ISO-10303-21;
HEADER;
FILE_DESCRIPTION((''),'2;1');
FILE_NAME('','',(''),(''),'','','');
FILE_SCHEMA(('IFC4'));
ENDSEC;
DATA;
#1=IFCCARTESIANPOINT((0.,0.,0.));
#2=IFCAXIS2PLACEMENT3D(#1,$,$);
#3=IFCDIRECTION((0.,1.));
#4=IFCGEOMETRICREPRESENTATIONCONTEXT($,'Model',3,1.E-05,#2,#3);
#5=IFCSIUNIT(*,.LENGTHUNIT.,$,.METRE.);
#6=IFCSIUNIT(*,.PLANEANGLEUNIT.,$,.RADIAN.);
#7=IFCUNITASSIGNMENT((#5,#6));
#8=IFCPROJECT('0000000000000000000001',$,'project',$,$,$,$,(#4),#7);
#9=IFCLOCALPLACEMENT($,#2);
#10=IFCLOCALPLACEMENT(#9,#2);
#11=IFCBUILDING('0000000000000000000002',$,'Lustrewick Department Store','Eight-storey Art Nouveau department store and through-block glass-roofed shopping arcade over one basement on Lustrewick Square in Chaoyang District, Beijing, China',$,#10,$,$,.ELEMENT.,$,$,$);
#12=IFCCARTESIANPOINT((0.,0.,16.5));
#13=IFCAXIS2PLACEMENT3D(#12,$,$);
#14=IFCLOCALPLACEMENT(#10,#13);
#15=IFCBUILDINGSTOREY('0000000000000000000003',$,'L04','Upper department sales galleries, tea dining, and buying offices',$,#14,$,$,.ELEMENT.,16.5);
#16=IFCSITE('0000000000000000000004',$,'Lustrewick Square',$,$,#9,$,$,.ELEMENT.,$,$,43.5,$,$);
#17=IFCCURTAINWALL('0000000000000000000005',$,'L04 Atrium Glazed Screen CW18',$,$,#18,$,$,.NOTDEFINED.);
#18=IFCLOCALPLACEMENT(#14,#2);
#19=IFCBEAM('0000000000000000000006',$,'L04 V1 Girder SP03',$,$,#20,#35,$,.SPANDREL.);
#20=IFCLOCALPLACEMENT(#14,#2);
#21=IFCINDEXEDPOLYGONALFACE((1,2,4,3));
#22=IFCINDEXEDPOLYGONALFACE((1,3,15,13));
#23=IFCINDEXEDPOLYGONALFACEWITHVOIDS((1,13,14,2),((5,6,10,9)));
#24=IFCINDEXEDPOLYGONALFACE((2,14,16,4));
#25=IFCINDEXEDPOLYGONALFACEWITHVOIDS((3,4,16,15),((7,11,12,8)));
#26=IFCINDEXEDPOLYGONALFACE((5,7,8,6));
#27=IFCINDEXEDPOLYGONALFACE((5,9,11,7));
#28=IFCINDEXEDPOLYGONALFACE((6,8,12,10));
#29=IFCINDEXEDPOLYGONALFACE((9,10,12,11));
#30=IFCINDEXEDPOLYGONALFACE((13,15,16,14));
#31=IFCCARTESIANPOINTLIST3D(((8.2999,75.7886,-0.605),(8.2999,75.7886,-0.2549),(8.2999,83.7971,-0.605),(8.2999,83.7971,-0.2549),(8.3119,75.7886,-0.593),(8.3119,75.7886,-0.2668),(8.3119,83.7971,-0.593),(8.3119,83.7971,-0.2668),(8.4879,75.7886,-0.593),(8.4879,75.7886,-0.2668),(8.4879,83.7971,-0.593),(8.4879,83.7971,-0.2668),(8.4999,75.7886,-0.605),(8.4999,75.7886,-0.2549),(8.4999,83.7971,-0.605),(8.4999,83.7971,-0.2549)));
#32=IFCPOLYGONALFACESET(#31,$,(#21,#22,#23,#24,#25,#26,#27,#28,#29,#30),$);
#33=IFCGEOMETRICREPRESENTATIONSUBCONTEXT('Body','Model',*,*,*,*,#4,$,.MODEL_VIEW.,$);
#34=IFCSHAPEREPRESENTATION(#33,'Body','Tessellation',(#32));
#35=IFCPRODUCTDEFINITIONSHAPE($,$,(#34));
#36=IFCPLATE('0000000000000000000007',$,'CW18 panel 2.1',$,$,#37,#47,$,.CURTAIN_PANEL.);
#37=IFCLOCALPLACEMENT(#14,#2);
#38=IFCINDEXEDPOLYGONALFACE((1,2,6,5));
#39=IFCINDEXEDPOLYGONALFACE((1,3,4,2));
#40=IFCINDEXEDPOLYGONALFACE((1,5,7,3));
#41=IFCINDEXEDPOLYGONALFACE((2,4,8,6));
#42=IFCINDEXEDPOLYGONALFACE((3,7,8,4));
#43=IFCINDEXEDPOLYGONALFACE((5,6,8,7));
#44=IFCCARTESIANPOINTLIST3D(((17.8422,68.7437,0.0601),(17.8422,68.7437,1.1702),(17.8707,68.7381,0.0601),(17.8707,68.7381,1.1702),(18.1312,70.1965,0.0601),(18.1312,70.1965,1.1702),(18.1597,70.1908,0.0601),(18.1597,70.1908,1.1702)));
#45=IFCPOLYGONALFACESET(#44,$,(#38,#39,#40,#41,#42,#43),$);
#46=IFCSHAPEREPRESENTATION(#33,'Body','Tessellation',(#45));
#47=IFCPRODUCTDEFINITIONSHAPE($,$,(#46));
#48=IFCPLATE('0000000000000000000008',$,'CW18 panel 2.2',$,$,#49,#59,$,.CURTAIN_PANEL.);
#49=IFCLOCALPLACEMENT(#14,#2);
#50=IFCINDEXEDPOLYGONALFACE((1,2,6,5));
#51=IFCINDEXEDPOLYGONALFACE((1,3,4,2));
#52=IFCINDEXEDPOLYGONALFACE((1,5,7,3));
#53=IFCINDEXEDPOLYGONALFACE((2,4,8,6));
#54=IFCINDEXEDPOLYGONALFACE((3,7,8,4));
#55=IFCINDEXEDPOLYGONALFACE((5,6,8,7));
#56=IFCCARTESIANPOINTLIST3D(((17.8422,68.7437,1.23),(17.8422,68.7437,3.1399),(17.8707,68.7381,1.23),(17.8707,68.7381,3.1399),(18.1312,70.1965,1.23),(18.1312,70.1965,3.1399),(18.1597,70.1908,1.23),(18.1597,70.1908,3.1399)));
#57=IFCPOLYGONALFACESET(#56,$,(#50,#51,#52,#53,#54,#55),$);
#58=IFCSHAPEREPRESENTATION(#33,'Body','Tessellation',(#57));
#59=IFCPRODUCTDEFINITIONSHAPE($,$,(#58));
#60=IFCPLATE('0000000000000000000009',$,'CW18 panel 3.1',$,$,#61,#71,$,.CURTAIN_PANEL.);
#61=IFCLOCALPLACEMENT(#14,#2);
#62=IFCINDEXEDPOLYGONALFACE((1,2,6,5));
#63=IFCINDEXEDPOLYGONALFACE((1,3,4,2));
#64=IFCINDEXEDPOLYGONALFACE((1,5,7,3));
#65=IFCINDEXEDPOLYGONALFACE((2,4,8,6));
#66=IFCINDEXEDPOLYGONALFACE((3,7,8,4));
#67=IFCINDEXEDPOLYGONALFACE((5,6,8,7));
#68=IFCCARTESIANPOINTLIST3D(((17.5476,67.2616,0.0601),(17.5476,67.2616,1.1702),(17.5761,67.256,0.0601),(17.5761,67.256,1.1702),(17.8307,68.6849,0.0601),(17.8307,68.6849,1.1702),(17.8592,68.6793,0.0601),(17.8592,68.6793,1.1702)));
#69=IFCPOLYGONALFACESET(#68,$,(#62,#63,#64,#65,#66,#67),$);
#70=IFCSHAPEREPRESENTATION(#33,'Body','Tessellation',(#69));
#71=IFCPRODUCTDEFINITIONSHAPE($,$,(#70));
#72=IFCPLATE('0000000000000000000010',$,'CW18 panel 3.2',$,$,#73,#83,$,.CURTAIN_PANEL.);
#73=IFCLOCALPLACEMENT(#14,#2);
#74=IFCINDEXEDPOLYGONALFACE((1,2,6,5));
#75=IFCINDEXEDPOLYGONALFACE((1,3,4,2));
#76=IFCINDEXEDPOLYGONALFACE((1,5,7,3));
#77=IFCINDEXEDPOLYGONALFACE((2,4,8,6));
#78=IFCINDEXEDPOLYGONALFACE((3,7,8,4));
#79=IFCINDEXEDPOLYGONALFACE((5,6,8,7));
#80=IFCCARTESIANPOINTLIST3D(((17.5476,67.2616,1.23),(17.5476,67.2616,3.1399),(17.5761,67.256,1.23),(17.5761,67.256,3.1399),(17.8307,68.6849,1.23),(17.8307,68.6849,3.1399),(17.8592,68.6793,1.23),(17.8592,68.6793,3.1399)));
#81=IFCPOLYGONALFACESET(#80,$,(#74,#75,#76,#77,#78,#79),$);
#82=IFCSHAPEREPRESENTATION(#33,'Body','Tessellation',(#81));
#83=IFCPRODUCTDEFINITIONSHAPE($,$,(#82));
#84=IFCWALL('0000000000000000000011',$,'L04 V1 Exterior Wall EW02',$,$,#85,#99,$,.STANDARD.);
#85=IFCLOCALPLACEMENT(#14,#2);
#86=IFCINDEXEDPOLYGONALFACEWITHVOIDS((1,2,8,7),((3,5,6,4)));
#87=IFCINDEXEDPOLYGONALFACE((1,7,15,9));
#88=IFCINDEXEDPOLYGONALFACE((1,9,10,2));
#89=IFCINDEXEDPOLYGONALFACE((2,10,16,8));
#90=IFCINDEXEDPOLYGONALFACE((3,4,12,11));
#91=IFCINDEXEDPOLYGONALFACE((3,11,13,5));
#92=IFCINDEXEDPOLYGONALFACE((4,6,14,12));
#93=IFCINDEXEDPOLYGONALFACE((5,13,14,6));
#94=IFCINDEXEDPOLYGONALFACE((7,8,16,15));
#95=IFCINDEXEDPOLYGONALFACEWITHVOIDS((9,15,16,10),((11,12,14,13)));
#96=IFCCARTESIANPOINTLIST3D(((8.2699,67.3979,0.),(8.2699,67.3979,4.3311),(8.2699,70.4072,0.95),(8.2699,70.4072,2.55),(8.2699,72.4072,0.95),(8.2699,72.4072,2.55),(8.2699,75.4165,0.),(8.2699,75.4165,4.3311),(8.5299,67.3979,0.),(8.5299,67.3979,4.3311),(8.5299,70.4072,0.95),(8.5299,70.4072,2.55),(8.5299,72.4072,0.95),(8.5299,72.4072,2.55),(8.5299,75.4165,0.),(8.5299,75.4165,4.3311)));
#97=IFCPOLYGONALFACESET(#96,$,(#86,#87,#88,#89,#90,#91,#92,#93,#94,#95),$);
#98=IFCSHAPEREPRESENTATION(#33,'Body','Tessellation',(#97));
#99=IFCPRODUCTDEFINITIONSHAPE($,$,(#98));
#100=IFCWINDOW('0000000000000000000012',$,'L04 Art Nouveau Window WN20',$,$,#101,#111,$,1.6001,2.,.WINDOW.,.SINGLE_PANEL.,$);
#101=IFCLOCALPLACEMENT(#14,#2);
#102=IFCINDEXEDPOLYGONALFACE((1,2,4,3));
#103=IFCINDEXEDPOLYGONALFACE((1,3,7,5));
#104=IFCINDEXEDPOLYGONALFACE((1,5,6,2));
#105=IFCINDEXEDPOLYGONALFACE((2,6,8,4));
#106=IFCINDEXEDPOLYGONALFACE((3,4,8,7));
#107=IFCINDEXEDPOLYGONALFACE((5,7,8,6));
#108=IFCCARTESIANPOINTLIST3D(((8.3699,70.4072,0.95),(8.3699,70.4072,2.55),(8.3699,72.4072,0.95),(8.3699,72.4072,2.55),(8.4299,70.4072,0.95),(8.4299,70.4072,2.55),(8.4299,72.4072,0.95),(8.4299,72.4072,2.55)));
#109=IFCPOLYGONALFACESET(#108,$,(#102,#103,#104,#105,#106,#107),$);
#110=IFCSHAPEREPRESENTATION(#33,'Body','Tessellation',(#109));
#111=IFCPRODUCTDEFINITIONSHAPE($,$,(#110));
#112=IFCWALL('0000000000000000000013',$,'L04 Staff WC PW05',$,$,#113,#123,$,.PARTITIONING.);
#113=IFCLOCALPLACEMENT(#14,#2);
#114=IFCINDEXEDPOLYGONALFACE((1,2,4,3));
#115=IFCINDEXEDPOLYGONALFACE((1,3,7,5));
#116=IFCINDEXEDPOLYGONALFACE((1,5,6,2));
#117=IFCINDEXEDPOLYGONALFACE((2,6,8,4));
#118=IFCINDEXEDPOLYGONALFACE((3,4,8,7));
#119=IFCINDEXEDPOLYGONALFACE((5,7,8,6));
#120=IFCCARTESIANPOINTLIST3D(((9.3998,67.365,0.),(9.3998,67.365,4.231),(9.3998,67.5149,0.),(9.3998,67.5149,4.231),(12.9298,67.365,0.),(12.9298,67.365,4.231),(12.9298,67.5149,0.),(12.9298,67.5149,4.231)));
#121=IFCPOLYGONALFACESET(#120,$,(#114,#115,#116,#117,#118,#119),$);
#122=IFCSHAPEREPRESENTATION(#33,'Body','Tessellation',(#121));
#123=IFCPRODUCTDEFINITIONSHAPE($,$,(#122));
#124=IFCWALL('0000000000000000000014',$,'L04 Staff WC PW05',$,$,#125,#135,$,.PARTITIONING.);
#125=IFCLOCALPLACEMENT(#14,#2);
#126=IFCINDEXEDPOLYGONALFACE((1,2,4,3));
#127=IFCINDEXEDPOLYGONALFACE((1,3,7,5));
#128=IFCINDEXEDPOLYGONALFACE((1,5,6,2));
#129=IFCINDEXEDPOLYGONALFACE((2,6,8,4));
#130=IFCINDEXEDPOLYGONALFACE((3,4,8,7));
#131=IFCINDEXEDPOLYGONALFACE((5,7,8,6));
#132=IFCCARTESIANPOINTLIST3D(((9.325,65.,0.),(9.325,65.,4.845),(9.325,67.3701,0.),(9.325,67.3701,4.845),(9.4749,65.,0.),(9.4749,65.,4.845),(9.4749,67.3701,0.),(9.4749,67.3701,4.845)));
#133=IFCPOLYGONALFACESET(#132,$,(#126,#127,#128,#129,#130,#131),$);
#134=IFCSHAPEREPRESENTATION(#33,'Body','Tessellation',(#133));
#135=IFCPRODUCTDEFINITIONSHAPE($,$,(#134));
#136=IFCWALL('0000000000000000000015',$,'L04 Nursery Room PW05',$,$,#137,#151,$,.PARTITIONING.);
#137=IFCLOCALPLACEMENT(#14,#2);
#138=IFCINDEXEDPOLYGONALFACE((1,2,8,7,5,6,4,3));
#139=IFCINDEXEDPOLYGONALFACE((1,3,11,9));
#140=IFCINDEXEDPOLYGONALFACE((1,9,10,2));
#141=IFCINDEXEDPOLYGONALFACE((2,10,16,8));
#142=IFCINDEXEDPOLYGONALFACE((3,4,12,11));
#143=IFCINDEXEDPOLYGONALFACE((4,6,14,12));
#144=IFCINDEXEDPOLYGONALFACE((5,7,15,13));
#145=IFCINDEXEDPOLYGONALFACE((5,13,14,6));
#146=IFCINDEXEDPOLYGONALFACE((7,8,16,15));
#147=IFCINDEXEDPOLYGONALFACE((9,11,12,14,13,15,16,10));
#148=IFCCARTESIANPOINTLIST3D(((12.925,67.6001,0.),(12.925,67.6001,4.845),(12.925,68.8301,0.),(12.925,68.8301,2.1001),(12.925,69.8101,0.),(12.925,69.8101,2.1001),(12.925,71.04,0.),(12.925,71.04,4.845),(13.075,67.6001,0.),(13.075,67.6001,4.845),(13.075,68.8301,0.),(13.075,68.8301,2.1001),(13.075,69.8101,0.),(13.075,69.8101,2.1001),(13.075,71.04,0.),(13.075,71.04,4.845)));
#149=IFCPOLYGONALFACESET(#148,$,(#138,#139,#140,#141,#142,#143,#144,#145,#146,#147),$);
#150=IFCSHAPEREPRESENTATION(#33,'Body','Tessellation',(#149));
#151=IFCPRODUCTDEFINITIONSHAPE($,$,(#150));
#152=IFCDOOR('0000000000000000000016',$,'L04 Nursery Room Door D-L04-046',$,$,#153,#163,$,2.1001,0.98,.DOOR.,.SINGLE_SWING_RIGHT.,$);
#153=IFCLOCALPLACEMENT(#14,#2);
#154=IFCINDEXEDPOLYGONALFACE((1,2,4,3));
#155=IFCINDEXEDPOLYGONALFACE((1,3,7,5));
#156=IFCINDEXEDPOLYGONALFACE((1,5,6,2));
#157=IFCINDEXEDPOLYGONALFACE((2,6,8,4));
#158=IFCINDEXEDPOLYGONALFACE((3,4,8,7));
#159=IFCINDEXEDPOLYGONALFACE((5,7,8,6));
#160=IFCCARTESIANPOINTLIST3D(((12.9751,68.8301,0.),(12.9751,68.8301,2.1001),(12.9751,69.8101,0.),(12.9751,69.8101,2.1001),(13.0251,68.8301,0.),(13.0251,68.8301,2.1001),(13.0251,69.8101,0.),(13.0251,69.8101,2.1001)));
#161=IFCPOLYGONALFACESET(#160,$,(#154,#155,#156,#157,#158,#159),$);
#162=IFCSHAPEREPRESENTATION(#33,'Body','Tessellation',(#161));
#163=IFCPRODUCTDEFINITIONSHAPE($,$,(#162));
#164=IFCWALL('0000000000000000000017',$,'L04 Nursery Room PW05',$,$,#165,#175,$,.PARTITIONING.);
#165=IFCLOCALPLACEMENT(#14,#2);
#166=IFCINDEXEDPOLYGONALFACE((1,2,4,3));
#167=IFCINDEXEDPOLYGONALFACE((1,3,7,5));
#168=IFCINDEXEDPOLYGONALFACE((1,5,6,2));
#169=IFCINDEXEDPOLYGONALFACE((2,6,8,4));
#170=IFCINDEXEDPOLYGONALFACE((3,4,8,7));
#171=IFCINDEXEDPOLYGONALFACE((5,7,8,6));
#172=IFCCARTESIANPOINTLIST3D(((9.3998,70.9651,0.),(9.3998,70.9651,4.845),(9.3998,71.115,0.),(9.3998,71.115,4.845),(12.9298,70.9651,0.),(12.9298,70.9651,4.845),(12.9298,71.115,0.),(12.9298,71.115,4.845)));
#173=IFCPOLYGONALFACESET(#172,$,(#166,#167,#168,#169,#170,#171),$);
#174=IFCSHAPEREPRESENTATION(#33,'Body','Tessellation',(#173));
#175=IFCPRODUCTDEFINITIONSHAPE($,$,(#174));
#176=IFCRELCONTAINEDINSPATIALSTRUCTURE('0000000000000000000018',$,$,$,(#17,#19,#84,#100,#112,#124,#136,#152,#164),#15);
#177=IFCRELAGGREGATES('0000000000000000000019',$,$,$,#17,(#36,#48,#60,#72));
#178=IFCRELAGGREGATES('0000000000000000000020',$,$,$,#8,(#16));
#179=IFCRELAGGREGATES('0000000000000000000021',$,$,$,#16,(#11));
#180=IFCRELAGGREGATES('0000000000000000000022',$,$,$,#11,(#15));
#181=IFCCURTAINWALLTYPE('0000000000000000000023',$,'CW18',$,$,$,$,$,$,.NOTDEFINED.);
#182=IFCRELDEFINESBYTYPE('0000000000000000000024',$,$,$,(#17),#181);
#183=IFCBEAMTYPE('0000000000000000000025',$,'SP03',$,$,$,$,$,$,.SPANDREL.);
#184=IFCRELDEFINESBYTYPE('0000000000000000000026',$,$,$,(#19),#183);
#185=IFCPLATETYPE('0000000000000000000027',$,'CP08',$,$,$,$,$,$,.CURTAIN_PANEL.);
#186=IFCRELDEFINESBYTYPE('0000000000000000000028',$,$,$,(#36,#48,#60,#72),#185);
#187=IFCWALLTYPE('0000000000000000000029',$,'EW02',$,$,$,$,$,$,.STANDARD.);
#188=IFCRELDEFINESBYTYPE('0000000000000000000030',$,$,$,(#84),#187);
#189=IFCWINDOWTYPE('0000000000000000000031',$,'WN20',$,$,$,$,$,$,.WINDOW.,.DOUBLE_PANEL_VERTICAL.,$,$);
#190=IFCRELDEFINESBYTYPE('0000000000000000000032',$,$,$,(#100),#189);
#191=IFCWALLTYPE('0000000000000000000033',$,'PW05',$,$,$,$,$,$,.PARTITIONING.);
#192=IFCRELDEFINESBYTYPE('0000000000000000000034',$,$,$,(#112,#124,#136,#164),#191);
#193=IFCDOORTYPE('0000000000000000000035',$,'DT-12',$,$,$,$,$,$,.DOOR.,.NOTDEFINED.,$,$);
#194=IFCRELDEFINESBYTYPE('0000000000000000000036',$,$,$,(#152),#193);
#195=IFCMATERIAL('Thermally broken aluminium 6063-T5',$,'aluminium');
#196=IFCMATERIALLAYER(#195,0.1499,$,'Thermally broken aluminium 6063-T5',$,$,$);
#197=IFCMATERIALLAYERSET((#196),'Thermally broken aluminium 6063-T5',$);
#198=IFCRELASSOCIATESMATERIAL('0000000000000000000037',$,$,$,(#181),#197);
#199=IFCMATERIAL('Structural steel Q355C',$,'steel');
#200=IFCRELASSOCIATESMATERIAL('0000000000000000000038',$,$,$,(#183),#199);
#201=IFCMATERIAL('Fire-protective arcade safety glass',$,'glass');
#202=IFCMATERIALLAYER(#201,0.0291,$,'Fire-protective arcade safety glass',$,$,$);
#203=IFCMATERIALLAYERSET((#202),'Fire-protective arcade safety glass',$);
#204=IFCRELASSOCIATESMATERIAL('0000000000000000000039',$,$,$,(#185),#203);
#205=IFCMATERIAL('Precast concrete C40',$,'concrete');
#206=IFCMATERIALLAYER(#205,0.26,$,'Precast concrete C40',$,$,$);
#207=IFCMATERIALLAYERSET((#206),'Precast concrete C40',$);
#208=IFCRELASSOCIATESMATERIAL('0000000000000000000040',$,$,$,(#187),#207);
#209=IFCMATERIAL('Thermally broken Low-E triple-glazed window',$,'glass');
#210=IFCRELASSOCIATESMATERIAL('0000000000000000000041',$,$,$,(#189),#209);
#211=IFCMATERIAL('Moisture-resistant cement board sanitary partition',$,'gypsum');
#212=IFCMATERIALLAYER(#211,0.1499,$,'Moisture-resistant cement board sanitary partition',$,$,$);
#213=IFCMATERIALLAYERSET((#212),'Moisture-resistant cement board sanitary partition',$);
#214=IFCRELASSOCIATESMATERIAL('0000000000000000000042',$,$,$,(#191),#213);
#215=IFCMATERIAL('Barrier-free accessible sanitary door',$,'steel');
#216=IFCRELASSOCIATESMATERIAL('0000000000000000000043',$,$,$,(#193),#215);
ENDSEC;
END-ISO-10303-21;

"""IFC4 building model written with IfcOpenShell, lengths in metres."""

from ifc_helpers import new_model, si_unit, direction, frame, frame_2d, origin, origin_2d, place, context, subcontext, project, spatial, rectangle, hollow_rectangle, extrude, material, layer, layer_set, material_profile, profile_set, type_object, element, fill, aggregate, save


model = new_model("IFC4")

# Units and contexts
model_context = context("Model", 3, precision=1e-05, world=origin(), true_north=direction((0.0, 1.0)))
body_context = subcontext(model_context, "Body", "Model", "MODEL_VIEW")
ifc_project = project(units=[si_unit("LENGTHUNIT", "METRE"), si_unit("PLANEANGLEUNIT", "RADIAN")], contexts=[model_context])

# Site, building, storey
site_placement = place(None, origin())
site = spatial("IfcSite", under=ifc_project, at=site_placement, Name="Lustrewick Square", CompositionType="ELEMENT", RefElevation=43.5)
building_placement = place(site_placement, origin())
building = spatial("IfcBuilding", under=site, at=building_placement, Name="Lustrewick Department Store", Description="Eight-storey Art Nouveau department store and through-block glass-roofed shopping arcade over one basement on Lustrewick Square in Chaoyang District, Beijing, China", CompositionType="ELEMENT")
storey_placement = place(building_placement, frame((0.0, 0.0, 16.5)))
storey = spatial("IfcBuildingStorey", under=building, at=storey_placement, Name="L04", Description="Upper department sales galleries, tea dining, and buying offices", CompositionType="ELEMENT", Elevation=16.5)

# Curtain wall
ifc_material_1 = material(Name="Thermally broken aluminium 6063-T5", Category="aluminium")
ifc_layer_1 = layer(ifc_material_1, 0.1499, Name="Thermally broken aluminium 6063-T5")
ifc_layer_set_1 = layer_set([ifc_layer_1], Name="Thermally broken aluminium 6063-T5")
curtain_wall_type = type_object("IfcCurtainWallType", Name="CW18", PredefinedType="NOTDEFINED", material=ifc_layer_set_1)
curtain_wall_placement = place(storey_placement, origin())
curtain_wall = element("IfcCurtainWall", 1, at=curtain_wall_placement, inside=storey, type_object=curtain_wall_type, Name="L04 Atrium Glazed Screen CW18", PredefinedType="NOTDEFINED")

# Beam
ifc_material_2 = material(Name="Structural steel Q355C", Category="steel")
ifc_material_profile_1 = material_profile(ifc_material_2, hollow_rectangle(XDim=0.2, YDim=0.3501, WallThickness=0.012, at=origin_2d()), Name="RHS 350x200x12")
ifc_profile_set_1 = profile_set([ifc_material_profile_1], Name="Structural steel Q355C")
beam_type_1 = type_object("IfcBeamType", Name="SP03", PredefinedType="SPANDREL", material=ifc_profile_set_1)
for number, where, z_axis, x_axis, name in (
    (2, (8.3999, 75.7886, -0.4299), (0.0, 1.0, 0.0), (-1.0, 0.0, 0.0), "L04 V1 Girder SP03"),
):
    element("IfcBeam", number, at=place(storey_placement, frame(where, z_axis=z_axis, x_axis=x_axis)), inside=storey, type_object=beam_type_1, Name=name, PredefinedType="SPANDREL", context=body_context, shape_type="SweptSolid", body=[
        extrude(hollow_rectangle(XDim=0.2, YDim=0.3501, WallThickness=0.012, at=origin_2d()), origin(), (0.0, 0.0, 1.0), 8.0085),
    ])

# Plates
ifc_material_3 = material(Name="Fire-protective arcade safety glass", Category="glass")
ifc_layer_2 = layer(ifc_material_3, 0.0291, Name="Fire-protective arcade safety glass")
ifc_layer_set_2 = layer_set([ifc_layer_2], Name="Fire-protective arcade safety glass")
plate_type = type_object("IfcPlateType", Name="CP08", PredefinedType="CURTAIN_PANEL", material=ifc_layer_set_2)
plate_1_placement = place(storey_placement, frame((18.001, 69.4673, 0.0601), z_axis=(0.0, 0.0, 1.0), x_axis=(-0.195085, -0.980786, 0.0)))
plate_1 = element("IfcPlate", 3, at=plate_1_placement, type_object=plate_type, Name="CW18 panel 2.1", PredefinedType="CURTAIN_PANEL", context=body_context, shape_type="SweptSolid", body=[
    extrude(rectangle(XDim=1.4812, YDim=0.0291, at=origin_2d()), origin(), (0.0, 0.0, 1.0), 1.1101),
])
plate_2_placement = place(storey_placement, frame((18.001, 69.4673, 1.23), z_axis=(0.0, 0.0, 1.0), x_axis=(-0.195085, -0.980786, 0.0)))
plate_2 = element("IfcPlate", 4, at=plate_2_placement, type_object=plate_type, Name="CW18 panel 2.2", PredefinedType="CURTAIN_PANEL", context=body_context, shape_type="SweptSolid", body=[
    extrude(rectangle(XDim=1.4812, YDim=0.0291, at=origin_2d()), origin(), (0.0, 0.0, 1.0), 1.9099),
])
plate_3_placement = place(storey_placement, frame((17.7034, 67.9705, 0.0601), z_axis=(0.0, 0.0, 1.0), x_axis=(-0.195085, -0.980786, 0.0)))
plate_3 = element("IfcPlate", 5, at=plate_3_placement, type_object=plate_type, Name="CW18 panel 3.1", PredefinedType="CURTAIN_PANEL", context=body_context, shape_type="SweptSolid", body=[
    extrude(rectangle(XDim=1.4512, YDim=0.0291, at=origin_2d()), origin(), (0.0, 0.0, 1.0), 1.1101),
])
plate_4_placement = place(storey_placement, frame((17.7034, 67.9705, 1.23), z_axis=(0.0, 0.0, 1.0), x_axis=(-0.195085, -0.980786, 0.0)))
plate_4 = element("IfcPlate", 6, at=plate_4_placement, type_object=plate_type, Name="CW18 panel 3.2", PredefinedType="CURTAIN_PANEL", context=body_context, shape_type="SweptSolid", body=[
    extrude(rectangle(XDim=1.4512, YDim=0.0291, at=origin_2d()), origin(), (0.0, 0.0, 1.0), 1.9099),
])
aggregate(curtain_wall, [plate_1, plate_2, plate_3, plate_4])

# Wall, opening, window
ifc_material_4 = material(Name="Precast concrete C40", Category="concrete")
ifc_layer_3 = layer(ifc_material_4, 0.26, Name="Precast concrete C40")
ifc_layer_set_3 = layer_set([ifc_layer_3], Name="Precast concrete C40")
wall_type_1 = type_object("IfcWallType", Name="EW02", PredefinedType="STANDARD", material=ifc_layer_set_3)
wall_1_placement = place(storey_placement, frame((8.3999, 75.4165, 0.0), z_axis=(0.0, 0.0, 1.0), x_axis=(0.0, -1.0, 0.0)))
wall_1 = element("IfcWall", 7, at=wall_1_placement, inside=storey, type_object=wall_type_1, Name="L04 V1 Exterior Wall EW02", PredefinedType="STANDARD", context=body_context, shape_type="SweptSolid", body=[
    extrude(rectangle(XDim=8.0186, YDim=0.26, at=frame_2d((4.0093, 0.0))), origin(), (0.0, 0.0, 1.0), 4.3311),
])
opening_1_placement = place(wall_1_placement, frame((3.0093, 0.0, 0.95)))
opening_1 = element("IfcOpeningElement", 8, at=opening_1_placement, cuts=wall_1, PredefinedType="OPENING", context=body_context, shape_type="SweptSolid", body=[
    extrude(rectangle(XDim=2.0, YDim=1.6001, at=frame_2d((1.0, 0.8))), frame((0.0, 0.1401, 0.0), z_axis=(0.0, -1.0, 0.0), x_axis=(1.0, 0.0, 0.0)), (0.0, 0.0, 1.0), 0.28),
])
ifc_material_5 = material(Name="Thermally broken Low-E triple-glazed window", Category="glass")
window_type = type_object("IfcWindowType", Name="WN20", PartitioningType="DOUBLE_PANEL_VERTICAL", PredefinedType="WINDOW", material=ifc_material_5)
window_placement = place(opening_1_placement, origin())
window = element("IfcWindow", 9, at=window_placement, inside=storey, type_object=window_type, Name="L04 Art Nouveau Window WN20", OverallHeight=1.6001, OverallWidth=2.0, PartitioningType="SINGLE_PANEL", PredefinedType="WINDOW", context=body_context, shape_type="SweptSolid", body=[
    extrude(rectangle(XDim=2.0, YDim=1.6001, at=frame_2d((1.0, 0.8))), frame((0.0, 0.03, 0.0), z_axis=(0.0, -1.0, 0.0), x_axis=(1.0, 0.0, 0.0)), (0.0, 0.0, 1.0), 0.0601),
])
fill(opening_1, window)

# Walls
ifc_material_6 = material(Name="Moisture-resistant cement board sanitary partition", Category="gypsum")
ifc_layer_4 = layer(ifc_material_6, 0.1499, Name="Moisture-resistant cement board sanitary partition")
ifc_layer_set_4 = layer_set([ifc_layer_4], Name="Moisture-resistant cement board sanitary partition")
wall_type_2 = type_object("IfcWallType", Name="PW05", PredefinedType="PARTITIONING", material=ifc_layer_set_4)
wall_2_placement = place(storey_placement, frame((12.9299, 67.4399, 0.0), z_axis=(0.0, 0.0, 1.0), x_axis=(-1.0, 0.0, 0.0)))
element("IfcWall", 10, at=wall_2_placement, inside=storey, type_object=wall_type_2, Name="L04 Staff WC PW05", PredefinedType="PARTITIONING", context=body_context, shape_type="SweptSolid", body=[
    extrude(rectangle(XDim=3.53, YDim=0.1499, at=frame_2d((1.7651, 0.0))), origin(), (0.0, 0.0, 1.0), 4.231),
])
wall_3_placement = place(storey_placement, frame((9.3999, 67.3701, 0.0), z_axis=(0.0, 0.0, 1.0), x_axis=(0.0, -1.0, 0.0)))
element("IfcWall", 11, at=wall_3_placement, inside=storey, type_object=wall_type_2, Name="L04 Staff WC PW05", PredefinedType="PARTITIONING", context=body_context, shape_type="SweptSolid", body=[
    extrude(rectangle(XDim=2.3701, YDim=0.1499, at=frame_2d((1.1851, 0.0))), origin(), (0.0, 0.0, 1.0), 4.845),
])

# Wall, opening, door
wall_4_placement = place(storey_placement, frame((13.0, 67.6001, 0.0), z_axis=(0.0, 0.0, 1.0), x_axis=(0.0, 1.0, 0.0)))
wall_4 = element("IfcWall", 12, at=wall_4_placement, inside=storey, type_object=wall_type_2, Name="L04 Nursery Room PW05", PredefinedType="PARTITIONING", context=body_context, shape_type="SweptSolid", body=[
    extrude(rectangle(XDim=3.4399, YDim=0.1499, at=frame_2d((1.72, 0.0))), origin(), (0.0, 0.0, 1.0), 4.845),
])
opening_2_placement = place(wall_4_placement, frame((1.23, 0.0, 0.0)))
opening_2 = element("IfcOpeningElement", 13, at=opening_2_placement, cuts=wall_4, PredefinedType="OPENING", context=body_context, shape_type="SweptSolid", body=[
    extrude(rectangle(XDim=0.98, YDim=2.1001, at=frame_2d((0.49, 1.05))), frame((0.0, 0.085, 0.0), z_axis=(0.0, -1.0, 0.0), x_axis=(1.0, 0.0, 0.0)), (0.0, 0.0, 1.0), 0.1699),
])
ifc_material_7 = material(Name="Barrier-free accessible sanitary door", Category="steel")
door_type = type_object("IfcDoorType", Name="DT-12", OperationType="NOTDEFINED", PredefinedType="DOOR", material=ifc_material_7)
door_placement = place(opening_2_placement, origin())
door = element("IfcDoor", 14, at=door_placement, inside=storey, type_object=door_type, Name="L04 Nursery Room Door D-L04-046", OperationType="SINGLE_SWING_RIGHT", OverallHeight=2.1001, OverallWidth=0.98, PredefinedType="DOOR", context=body_context, shape_type="SweptSolid", body=[
    extrude(rectangle(XDim=0.98, YDim=2.1001, at=frame_2d((0.49, 1.05))), frame((0.0, 0.0249, 0.0), z_axis=(0.0, -1.0, 0.0), x_axis=(1.0, 0.0, 0.0)), (0.0, 0.0, 1.0), 0.05),
])
fill(opening_2, door)

# Wall
wall_5_placement = place(storey_placement, frame((12.9299, 71.04, 0.0), z_axis=(0.0, 0.0, 1.0), x_axis=(-1.0, 0.0, 0.0)))
element("IfcWall", 15, at=wall_5_placement, inside=storey, type_object=wall_type_2, Name="L04 Nursery Room PW05", PredefinedType="PARTITIONING", context=body_context, shape_type="SweptSolid", body=[
    extrude(rectangle(XDim=3.53, YDim=0.1499, at=frame_2d((1.7651, 0.0))), origin(), (0.0, 0.0, 1.0), 4.845),
])

save(model, "model.ifc")
